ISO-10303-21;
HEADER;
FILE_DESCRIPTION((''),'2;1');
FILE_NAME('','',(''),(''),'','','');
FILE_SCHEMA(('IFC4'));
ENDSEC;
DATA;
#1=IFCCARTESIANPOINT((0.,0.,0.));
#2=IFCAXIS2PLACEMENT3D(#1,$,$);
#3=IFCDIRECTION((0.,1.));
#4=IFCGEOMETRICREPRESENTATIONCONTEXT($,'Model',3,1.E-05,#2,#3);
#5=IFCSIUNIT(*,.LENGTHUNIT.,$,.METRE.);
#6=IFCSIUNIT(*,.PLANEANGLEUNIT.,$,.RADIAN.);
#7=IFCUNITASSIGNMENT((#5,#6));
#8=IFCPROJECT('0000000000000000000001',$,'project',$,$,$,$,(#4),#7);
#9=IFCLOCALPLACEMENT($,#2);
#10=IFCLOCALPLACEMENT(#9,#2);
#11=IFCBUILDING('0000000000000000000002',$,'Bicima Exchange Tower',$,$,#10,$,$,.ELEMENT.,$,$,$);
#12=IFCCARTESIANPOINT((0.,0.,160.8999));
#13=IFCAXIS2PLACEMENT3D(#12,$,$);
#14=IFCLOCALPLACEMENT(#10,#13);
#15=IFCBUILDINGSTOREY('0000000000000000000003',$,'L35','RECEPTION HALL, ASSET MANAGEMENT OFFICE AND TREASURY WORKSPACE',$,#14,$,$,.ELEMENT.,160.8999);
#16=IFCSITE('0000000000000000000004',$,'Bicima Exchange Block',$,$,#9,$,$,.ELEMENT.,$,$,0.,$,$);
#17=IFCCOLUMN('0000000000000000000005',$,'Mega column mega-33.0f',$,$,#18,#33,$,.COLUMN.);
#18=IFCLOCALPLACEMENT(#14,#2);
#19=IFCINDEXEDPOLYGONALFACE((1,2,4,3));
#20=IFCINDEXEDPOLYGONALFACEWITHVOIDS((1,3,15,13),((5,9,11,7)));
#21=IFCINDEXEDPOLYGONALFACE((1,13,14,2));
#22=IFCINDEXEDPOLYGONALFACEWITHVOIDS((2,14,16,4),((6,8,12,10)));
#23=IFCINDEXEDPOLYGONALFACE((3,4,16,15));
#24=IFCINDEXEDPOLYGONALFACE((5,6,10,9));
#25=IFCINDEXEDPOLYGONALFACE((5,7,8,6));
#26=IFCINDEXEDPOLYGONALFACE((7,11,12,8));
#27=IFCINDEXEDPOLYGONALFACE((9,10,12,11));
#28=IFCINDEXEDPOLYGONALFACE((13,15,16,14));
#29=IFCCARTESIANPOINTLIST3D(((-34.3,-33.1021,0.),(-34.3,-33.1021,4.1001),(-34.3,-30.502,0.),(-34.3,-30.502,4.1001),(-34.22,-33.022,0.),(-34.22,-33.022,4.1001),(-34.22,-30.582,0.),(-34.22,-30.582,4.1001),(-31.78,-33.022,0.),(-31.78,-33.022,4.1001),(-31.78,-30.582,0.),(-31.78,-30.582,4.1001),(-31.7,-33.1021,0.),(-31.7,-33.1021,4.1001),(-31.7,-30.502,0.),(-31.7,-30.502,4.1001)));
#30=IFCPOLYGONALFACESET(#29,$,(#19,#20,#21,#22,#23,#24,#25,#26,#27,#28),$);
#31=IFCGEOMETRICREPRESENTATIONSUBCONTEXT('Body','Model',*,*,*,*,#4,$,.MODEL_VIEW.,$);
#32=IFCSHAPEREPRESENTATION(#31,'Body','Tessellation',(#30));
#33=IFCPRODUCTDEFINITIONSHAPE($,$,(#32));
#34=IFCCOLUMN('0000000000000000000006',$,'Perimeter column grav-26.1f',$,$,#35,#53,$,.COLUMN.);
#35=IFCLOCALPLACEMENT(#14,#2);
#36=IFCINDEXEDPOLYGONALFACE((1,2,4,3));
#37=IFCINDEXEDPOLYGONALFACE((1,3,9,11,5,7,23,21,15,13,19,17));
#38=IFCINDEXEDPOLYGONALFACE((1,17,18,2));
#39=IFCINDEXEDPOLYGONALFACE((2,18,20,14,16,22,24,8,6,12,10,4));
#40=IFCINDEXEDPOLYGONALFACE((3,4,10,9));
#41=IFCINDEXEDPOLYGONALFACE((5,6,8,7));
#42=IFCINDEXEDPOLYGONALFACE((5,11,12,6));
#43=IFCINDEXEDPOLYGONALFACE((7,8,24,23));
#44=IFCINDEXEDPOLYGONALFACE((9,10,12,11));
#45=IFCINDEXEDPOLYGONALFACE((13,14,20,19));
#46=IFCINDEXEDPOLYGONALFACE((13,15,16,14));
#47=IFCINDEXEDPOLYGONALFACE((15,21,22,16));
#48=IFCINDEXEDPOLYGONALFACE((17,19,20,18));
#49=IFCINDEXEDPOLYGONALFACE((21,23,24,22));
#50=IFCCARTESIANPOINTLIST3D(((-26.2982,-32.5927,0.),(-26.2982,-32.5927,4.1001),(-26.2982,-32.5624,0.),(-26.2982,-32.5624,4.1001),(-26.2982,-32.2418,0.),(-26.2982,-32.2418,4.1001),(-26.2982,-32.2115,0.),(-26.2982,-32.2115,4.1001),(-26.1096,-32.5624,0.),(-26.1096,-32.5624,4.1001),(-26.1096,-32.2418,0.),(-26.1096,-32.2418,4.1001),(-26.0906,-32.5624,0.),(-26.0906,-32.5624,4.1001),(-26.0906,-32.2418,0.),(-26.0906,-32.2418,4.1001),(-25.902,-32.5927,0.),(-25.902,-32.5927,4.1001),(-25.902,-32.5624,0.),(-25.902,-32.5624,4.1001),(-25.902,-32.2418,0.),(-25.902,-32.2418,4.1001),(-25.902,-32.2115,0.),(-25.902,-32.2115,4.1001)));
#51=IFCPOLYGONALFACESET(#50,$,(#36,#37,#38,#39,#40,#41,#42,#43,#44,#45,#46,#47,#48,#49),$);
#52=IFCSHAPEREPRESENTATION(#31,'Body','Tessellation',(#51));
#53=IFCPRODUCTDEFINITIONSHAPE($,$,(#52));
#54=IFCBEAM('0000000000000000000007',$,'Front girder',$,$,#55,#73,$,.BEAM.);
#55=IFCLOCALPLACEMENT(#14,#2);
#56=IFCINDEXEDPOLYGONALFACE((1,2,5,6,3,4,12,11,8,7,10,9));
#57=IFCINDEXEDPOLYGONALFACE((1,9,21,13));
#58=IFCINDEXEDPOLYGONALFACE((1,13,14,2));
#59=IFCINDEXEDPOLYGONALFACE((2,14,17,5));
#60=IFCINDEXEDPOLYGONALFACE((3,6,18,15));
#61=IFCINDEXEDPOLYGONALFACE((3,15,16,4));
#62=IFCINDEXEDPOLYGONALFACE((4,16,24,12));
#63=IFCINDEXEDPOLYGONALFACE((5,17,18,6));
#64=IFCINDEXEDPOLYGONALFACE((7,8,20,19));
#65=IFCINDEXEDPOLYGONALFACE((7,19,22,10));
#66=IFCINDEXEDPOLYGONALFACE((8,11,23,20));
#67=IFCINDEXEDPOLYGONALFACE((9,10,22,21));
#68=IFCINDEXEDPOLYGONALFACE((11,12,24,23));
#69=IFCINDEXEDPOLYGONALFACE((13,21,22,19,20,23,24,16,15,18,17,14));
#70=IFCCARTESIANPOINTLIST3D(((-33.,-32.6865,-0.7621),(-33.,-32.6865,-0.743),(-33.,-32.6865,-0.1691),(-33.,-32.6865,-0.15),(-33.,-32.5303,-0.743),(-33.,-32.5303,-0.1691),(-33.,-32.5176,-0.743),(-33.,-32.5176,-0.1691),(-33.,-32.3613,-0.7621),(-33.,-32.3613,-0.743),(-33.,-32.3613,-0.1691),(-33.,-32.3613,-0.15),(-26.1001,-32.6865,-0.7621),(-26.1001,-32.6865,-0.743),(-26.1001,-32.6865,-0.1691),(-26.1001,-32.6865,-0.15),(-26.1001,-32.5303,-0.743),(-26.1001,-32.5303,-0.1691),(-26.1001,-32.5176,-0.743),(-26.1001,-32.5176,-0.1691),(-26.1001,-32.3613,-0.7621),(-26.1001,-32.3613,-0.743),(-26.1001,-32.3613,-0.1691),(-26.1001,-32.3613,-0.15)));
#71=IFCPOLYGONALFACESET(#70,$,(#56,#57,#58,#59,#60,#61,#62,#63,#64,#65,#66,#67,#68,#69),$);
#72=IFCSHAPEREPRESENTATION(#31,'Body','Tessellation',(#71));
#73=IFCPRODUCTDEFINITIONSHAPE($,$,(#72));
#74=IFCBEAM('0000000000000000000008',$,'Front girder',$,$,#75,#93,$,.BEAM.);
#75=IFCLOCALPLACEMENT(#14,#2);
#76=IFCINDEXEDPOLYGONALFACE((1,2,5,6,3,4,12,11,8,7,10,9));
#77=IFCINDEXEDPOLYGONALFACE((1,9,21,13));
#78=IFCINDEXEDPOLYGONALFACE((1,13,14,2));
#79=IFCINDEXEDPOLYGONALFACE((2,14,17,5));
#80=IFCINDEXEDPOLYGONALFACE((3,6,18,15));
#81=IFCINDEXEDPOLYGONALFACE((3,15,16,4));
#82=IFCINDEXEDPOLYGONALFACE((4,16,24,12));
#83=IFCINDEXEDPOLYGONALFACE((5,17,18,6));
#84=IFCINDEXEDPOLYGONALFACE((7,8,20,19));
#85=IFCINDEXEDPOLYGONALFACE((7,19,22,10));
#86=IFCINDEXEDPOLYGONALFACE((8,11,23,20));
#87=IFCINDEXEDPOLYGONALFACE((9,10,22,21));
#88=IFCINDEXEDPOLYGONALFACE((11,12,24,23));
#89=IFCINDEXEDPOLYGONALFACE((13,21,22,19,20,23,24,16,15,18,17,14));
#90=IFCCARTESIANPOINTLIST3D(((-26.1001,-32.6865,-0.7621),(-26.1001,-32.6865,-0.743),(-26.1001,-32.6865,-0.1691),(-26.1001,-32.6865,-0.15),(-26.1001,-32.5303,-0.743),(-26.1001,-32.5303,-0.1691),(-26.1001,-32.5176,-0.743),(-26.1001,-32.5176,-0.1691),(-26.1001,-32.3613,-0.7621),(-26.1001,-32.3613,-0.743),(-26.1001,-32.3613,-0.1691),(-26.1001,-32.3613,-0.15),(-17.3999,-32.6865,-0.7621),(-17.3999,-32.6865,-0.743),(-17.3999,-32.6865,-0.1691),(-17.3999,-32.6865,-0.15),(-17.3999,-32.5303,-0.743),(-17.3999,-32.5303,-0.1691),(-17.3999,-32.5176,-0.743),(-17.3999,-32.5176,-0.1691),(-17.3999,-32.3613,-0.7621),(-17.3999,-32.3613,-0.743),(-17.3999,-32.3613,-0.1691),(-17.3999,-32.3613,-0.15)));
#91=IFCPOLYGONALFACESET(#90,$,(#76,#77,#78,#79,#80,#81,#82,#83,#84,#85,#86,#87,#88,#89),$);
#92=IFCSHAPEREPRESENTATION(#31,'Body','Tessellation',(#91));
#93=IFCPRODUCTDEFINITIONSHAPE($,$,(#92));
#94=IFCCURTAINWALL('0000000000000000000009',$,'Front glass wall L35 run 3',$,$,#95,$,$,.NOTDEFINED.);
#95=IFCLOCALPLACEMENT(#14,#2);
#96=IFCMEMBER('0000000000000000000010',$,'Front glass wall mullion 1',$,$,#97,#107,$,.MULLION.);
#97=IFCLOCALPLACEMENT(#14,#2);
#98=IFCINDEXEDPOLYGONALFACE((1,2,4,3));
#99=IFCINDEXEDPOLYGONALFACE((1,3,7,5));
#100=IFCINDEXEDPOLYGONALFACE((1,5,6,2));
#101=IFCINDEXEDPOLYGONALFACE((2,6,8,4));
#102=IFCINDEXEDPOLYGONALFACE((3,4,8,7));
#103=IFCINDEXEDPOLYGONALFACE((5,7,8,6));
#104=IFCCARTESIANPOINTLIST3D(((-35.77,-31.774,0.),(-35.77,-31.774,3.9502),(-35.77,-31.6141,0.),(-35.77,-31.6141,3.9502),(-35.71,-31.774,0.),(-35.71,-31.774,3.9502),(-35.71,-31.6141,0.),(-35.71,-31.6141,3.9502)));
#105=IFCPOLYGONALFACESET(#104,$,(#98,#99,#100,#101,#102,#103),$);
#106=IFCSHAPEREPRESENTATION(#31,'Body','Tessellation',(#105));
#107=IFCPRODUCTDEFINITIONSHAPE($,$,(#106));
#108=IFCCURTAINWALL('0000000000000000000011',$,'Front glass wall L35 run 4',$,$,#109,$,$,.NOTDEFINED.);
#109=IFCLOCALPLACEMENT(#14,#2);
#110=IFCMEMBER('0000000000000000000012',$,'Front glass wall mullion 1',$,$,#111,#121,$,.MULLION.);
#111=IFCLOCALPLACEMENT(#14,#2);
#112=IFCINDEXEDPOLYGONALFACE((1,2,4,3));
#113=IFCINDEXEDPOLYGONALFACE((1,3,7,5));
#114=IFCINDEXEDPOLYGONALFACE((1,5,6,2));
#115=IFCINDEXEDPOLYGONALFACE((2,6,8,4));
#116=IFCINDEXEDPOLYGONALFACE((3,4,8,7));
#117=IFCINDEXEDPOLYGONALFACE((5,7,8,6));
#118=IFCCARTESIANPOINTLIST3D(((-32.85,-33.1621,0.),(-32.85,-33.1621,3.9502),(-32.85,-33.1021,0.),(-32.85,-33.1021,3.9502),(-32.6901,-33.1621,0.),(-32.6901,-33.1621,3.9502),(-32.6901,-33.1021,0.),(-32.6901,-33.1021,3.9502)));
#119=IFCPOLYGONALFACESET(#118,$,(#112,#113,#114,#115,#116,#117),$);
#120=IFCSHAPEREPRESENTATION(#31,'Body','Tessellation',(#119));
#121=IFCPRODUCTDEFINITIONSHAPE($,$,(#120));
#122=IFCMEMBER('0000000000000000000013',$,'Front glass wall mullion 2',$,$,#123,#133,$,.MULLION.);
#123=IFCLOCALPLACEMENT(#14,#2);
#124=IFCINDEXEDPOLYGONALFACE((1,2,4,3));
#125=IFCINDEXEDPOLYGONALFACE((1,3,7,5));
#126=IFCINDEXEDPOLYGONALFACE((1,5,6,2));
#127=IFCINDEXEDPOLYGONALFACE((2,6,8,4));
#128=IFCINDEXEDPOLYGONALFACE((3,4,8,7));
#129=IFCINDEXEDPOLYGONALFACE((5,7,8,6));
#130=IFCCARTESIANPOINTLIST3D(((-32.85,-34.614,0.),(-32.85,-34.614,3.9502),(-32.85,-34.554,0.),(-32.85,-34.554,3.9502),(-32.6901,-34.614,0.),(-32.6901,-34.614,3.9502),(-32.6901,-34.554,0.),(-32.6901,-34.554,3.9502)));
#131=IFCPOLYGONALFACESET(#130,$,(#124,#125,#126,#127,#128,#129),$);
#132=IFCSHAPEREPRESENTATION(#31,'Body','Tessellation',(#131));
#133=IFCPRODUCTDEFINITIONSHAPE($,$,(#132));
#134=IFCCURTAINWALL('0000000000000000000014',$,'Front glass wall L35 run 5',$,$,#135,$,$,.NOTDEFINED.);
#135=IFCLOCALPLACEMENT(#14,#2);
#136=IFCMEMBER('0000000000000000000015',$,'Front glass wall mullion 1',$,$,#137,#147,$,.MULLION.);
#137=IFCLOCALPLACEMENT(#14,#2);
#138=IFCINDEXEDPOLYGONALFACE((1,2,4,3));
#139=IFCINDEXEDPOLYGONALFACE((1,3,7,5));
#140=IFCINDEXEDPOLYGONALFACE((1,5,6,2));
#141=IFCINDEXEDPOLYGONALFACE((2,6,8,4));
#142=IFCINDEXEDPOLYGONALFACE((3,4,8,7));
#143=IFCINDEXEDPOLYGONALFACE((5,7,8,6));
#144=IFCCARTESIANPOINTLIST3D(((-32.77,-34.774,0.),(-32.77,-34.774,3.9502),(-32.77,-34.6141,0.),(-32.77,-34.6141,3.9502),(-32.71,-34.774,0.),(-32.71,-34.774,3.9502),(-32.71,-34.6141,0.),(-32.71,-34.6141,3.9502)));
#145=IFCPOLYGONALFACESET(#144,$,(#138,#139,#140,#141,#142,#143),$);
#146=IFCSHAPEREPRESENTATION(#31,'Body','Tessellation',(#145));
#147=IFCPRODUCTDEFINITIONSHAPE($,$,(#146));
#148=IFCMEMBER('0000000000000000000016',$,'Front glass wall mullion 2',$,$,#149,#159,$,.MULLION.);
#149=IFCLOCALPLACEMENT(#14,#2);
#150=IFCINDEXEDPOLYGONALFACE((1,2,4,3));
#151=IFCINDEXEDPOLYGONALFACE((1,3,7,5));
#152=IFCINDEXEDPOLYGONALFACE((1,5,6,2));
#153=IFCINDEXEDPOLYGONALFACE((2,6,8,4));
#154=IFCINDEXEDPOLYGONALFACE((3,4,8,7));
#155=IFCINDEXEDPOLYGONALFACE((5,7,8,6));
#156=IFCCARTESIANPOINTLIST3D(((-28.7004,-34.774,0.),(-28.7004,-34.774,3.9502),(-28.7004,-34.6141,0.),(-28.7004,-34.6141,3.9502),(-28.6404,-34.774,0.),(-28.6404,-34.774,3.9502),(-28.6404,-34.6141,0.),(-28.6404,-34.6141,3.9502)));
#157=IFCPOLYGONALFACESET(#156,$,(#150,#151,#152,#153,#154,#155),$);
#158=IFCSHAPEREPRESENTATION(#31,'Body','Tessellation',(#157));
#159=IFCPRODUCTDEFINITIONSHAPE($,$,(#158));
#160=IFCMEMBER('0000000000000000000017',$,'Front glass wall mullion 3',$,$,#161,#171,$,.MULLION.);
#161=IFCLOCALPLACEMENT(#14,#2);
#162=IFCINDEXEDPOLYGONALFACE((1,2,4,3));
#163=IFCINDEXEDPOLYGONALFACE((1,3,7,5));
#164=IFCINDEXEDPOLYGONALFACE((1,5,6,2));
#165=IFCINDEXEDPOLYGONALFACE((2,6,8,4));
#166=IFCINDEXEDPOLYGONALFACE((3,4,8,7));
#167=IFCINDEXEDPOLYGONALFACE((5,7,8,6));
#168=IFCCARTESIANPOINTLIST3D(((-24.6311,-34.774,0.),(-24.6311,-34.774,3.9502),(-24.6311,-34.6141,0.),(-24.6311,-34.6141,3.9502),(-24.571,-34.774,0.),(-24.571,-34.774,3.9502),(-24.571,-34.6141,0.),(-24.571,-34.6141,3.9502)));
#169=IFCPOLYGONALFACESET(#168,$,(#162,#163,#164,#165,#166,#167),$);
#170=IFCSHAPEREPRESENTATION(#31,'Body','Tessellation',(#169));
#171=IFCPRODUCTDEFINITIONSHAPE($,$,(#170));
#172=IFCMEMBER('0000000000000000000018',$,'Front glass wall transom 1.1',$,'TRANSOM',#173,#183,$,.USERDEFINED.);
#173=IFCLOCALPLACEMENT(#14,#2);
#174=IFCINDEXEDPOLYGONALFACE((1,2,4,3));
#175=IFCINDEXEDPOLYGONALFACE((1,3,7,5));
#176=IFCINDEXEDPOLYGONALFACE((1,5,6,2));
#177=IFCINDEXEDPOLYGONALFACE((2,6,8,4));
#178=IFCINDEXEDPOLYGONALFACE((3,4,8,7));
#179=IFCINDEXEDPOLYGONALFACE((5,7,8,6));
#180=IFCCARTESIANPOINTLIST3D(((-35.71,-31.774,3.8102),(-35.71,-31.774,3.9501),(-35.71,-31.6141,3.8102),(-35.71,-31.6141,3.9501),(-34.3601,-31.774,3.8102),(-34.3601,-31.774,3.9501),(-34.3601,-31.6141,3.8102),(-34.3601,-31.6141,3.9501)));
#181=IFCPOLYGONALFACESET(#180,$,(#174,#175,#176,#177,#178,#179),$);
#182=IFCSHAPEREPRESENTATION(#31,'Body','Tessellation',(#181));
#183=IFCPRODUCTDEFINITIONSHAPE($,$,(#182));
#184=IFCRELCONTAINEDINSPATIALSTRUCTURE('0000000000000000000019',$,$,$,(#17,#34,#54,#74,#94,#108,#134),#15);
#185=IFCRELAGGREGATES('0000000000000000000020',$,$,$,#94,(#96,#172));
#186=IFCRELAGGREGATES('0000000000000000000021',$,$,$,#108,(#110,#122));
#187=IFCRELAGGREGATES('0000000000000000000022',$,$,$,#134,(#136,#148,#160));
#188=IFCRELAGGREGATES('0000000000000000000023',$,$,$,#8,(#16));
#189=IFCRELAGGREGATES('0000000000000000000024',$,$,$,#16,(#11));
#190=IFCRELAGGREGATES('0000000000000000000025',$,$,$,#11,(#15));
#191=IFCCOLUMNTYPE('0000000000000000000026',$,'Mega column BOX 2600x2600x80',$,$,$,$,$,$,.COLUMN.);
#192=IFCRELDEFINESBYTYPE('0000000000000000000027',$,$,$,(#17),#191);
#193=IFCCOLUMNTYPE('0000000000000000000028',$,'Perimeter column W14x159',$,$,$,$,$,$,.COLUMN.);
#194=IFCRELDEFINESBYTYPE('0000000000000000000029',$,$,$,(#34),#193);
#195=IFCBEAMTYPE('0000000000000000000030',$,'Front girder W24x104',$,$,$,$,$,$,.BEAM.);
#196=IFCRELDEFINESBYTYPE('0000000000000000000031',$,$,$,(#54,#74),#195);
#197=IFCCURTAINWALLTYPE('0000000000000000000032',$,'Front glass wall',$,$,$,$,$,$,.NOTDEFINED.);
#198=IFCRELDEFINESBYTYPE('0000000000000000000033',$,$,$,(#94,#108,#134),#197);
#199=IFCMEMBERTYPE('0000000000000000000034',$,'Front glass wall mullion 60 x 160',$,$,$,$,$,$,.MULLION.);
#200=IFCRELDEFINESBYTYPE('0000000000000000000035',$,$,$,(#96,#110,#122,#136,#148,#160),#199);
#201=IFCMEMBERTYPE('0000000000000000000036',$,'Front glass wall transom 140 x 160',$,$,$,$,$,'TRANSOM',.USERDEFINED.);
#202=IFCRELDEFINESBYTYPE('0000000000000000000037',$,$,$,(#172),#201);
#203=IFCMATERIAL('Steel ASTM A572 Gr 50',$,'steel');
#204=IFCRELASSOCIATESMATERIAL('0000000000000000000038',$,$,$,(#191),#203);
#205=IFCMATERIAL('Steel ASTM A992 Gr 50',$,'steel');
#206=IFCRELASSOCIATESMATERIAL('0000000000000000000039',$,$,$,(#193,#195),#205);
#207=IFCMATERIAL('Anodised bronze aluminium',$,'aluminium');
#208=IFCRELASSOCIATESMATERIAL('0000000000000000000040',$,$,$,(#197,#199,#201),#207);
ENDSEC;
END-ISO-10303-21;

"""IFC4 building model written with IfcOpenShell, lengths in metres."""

from ifc_helpers import new_model, si_unit, direction, frame, origin, origin_2d, place, context, subcontext, project, spatial, rectangle, hollow_rectangle, i_section, extrude, material, material_profile, profile_set, type_object, element, aggregate, save


model = new_model("IFC4")

# Units and contexts
model_context = context("Model", 3, precision=1e-05, world=origin(), true_north=direction((0.0, 1.0)))
body_context = subcontext(model_context, "Body", "Model", "MODEL_VIEW")
ifc_project = project(units=[si_unit("LENGTHUNIT", "METRE"), si_unit("PLANEANGLEUNIT", "RADIAN")], contexts=[model_context])

# Site, building, storey
site_placement = place(None, origin())
site = spatial("IfcSite", under=ifc_project, at=site_placement, Name="Bicima Exchange Block", CompositionType="ELEMENT", RefElevation=0.0)
building_placement = place(site_placement, origin())
building = spatial("IfcBuilding", under=site, at=building_placement, Name="Bicima Exchange Tower", CompositionType="ELEMENT")
storey_placement = place(building_placement, frame((0.0, 0.0, 160.8999)))
storey = spatial("IfcBuildingStorey", under=building, at=storey_placement, Name="L35", Description="RECEPTION HALL, ASSET MANAGEMENT OFFICE AND TREASURY WORKSPACE", CompositionType="ELEMENT", Elevation=160.8999)

# Columns
ifc_material_1 = material(Name="Steel ASTM A572 Gr 50", Category="steel")
ifc_material_profile_1 = material_profile(ifc_material_1, hollow_rectangle(XDim=2.6001, YDim=2.6001, WallThickness=0.0801, at=origin_2d()))
ifc_profile_set_1 = profile_set([ifc_material_profile_1], Name="Steel ASTM A572 Gr 50")
column_type_1 = type_object("IfcColumnType", Name="Mega column BOX 2600x2600x80", PredefinedType="COLUMN", material=ifc_profile_set_1)
column_1_placement = place(storey_placement, frame((-33.0, -31.802, 0.0), z_axis=(0.0, 0.0, 1.0), x_axis=(1.0, 0.0, 0.0)))
element("IfcColumn", 1, at=column_1_placement, inside=storey, type_object=column_type_1, Name="Mega column mega-33.0f", PredefinedType="COLUMN", context=body_context, shape_type="SweptSolid", body=[
    extrude(hollow_rectangle(XDim=2.6001, YDim=2.6001, WallThickness=0.0801, at=origin_2d()), origin(), (0.0, 0.0, 1.0), 4.1001),
])
ifc_material_2 = material(Name="Steel ASTM A992 Gr 50", Category="steel")
ifc_material_profile_2 = material_profile(ifc_material_2, i_section(OverallWidth=0.3962, OverallDepth=0.3811, WebThickness=0.019, FlangeThickness=0.0303, at=origin_2d()))
ifc_profile_set_2 = profile_set([ifc_material_profile_2], Name="Steel ASTM A992 Gr 50")
column_type_2 = type_object("IfcColumnType", Name="Perimeter column W14x159", PredefinedType="COLUMN", material=ifc_profile_set_2)
column_2_placement = place(storey_placement, frame((-26.1001, -32.4021, 0.0), z_axis=(0.0, 0.0, 1.0), x_axis=(1.0, 0.0, 0.0)))
element("IfcColumn", 2, at=column_2_placement, inside=storey, type_object=column_type_2, Name="Perimeter column grav-26.1f", PredefinedType="COLUMN", context=body_context, shape_type="SweptSolid", body=[
    extrude(i_section(OverallWidth=0.3962, OverallDepth=0.3811, WebThickness=0.019, FlangeThickness=0.0303, at=origin_2d()), origin(), (0.0, 0.0, 1.0), 4.1001),
])

# Beams
ifc_material_profile_3 = material_profile(ifc_material_2, i_section(OverallWidth=0.3252, OverallDepth=0.6121, WebThickness=0.0127, FlangeThickness=0.019, at=origin_2d()))
ifc_profile_set_3 = profile_set([ifc_material_profile_3], Name="Steel ASTM A992 Gr 50")
beam_type = type_object("IfcBeamType", Name="Front girder W24x104", PredefinedType="BEAM", material=ifc_profile_set_3)
beam_1_placement = place(storey_placement, frame((-33.0, -32.5239, -0.4561), z_axis=(1.0, 0.0, 0.0), x_axis=(0.0, 1.0, 0.0)))
element("IfcBeam", 3, at=beam_1_placement, inside=storey, type_object=beam_type, Name="Front girder", PredefinedType="BEAM", context=body_context, shape_type="SweptSolid", body=[
    extrude(i_section(OverallWidth=0.3252, OverallDepth=0.6121, WebThickness=0.0127, FlangeThickness=0.019, at=origin_2d()), origin(), (0.0, 0.0, 1.0), 6.8999),
])
beam_2_placement = place(storey_placement, frame((-26.1001, -32.5239, -0.4561), z_axis=(1.0, 0.0, 0.0), x_axis=(0.0, 1.0, 0.0)))
element("IfcBeam", 4, at=beam_2_placement, inside=storey, type_object=beam_type, Name="Front girder", PredefinedType="BEAM", context=body_context, shape_type="SweptSolid", body=[
    extrude(i_section(OverallWidth=0.3252, OverallDepth=0.6121, WebThickness=0.0127, FlangeThickness=0.019, at=origin_2d()), origin(), (0.0, 0.0, 1.0), 8.7002),
])

# Curtain wall, member
ifc_material_3 = material(Name="Anodised bronze aluminium", Category="aluminium")
curtain_wall_type = type_object("IfcCurtainWallType", Name="Front glass wall", PredefinedType="NOTDEFINED", material=ifc_material_3)
curtain_wall_1_placement = place(storey_placement, origin())
curtain_wall_1 = element("IfcCurtainWall", 5, at=curtain_wall_1_placement, inside=storey, type_object=curtain_wall_type, Name="Front glass wall L35 run 3", PredefinedType="NOTDEFINED")
ifc_material_profile_4 = material_profile(ifc_material_3, rectangle(XDim=0.1599, YDim=0.0601, at=origin_2d()))
ifc_profile_set_4 = profile_set([ifc_material_profile_4], Name="Anodised bronze aluminium")
member_type_1 = type_object("IfcMemberType", Name="Front glass wall mullion 60 x 160", PredefinedType="MULLION", material=ifc_profile_set_4)
member_1_placement = place(storey_placement, frame((-35.74, -31.6941, 0.0), z_axis=(0.0, 0.0, 1.0), x_axis=(0.0, 1.0, 0.0)))
member_1 = element("IfcMember", 6, at=member_1_placement, type_object=member_type_1, Name="Front glass wall mullion 1", PredefinedType="MULLION", context=body_context, shape_type="SweptSolid", body=[
    extrude(rectangle(XDim=0.1599, YDim=0.0601, at=origin_2d()), origin(), (0.0, 0.0, 1.0), 3.9502),
])

# Curtain walls, members
curtain_wall_2_placement = place(storey_placement, origin())
curtain_wall_2 = element("IfcCurtainWall", 7, at=curtain_wall_2_placement, inside=storey, type_object=curtain_wall_type, Name="Front glass wall L35 run 4", PredefinedType="NOTDEFINED")
member_2_placement = place(storey_placement, frame((-32.77, -33.1321, 0.0), z_axis=(0.0, 0.0, 1.0), x_axis=(1.0, 0.0, 0.0)))
member_2 = element("IfcMember", 8, at=member_2_placement, type_object=member_type_1, Name="Front glass wall mullion 1", PredefinedType="MULLION", context=body_context, shape_type="SweptSolid", body=[
    extrude(rectangle(XDim=0.1599, YDim=0.0601, at=origin_2d()), origin(), (0.0, 0.0, 1.0), 3.9502),
])
member_3_placement = place(storey_placement, frame((-32.77, -34.584, 0.0), z_axis=(0.0, 0.0, 1.0), x_axis=(1.0, 0.0, 0.0)))
member_3 = element("IfcMember", 9, at=member_3_placement, type_object=member_type_1, Name="Front glass wall mullion 2", PredefinedType="MULLION", context=body_context, shape_type="SweptSolid", body=[
    extrude(rectangle(XDim=0.1599, YDim=0.0601, at=origin_2d()), origin(), (0.0, 0.0, 1.0), 3.9502),
])
curtain_wall_3_placement = place(storey_placement, origin())
curtain_wall_3 = element("IfcCurtainWall", 10, at=curtain_wall_3_placement, inside=storey, type_object=curtain_wall_type, Name="Front glass wall L35 run 5", PredefinedType="NOTDEFINED")
member_4_placement = place(storey_placement, frame((-32.74, -34.6941, 0.0), z_axis=(0.0, 0.0, 1.0), x_axis=(0.0, 1.0, 0.0)))
member_4 = element("IfcMember", 11, at=member_4_placement, type_object=member_type_1, Name="Front glass wall mullion 1", PredefinedType="MULLION", context=body_context, shape_type="SweptSolid", body=[
    extrude(rectangle(XDim=0.1599, YDim=0.0601, at=origin_2d()), origin(), (0.0, 0.0, 1.0), 3.9502),
])
member_5_placement = place(storey_placement, frame((-28.6704, -34.6941, 0.0), z_axis=(0.0, 0.0, 1.0), x_axis=(0.0, 1.0, 0.0)))
member_5 = element("IfcMember", 12, at=member_5_placement, type_object=member_type_1, Name="Front glass wall mullion 2", PredefinedType="MULLION", context=body_context, shape_type="SweptSolid", body=[
    extrude(rectangle(XDim=0.1599, YDim=0.0601, at=origin_2d()), origin(), (0.0, 0.0, 1.0), 3.9502),
])
member_6_placement = place(storey_placement, frame((-24.6011, -34.6941, 0.0), z_axis=(0.0, 0.0, 1.0), x_axis=(0.0, 1.0, 0.0)))
member_6 = element("IfcMember", 13, at=member_6_placement, type_object=member_type_1, Name="Front glass wall mullion 3", PredefinedType="MULLION", context=body_context, shape_type="SweptSolid", body=[
    extrude(rectangle(XDim=0.1599, YDim=0.0601, at=origin_2d()), origin(), (0.0, 0.0, 1.0), 3.9502),
])

# Member
ifc_material_profile_5 = material_profile(ifc_material_3, rectangle(XDim=0.1599, YDim=0.1399, at=origin_2d()))
ifc_profile_set_5 = profile_set([ifc_material_profile_5], Name="Anodised bronze aluminium")
member_type_2 = type_object("IfcMemberType", Name="Front glass wall transom 140 x 160", ElementType="TRANSOM", PredefinedType="USERDEFINED", material=ifc_profile_set_5)
member_7_placement = place(storey_placement, frame((-35.71, -31.6941, 3.8801), z_axis=(1.0, 0.0, 0.0), x_axis=(0.0, 1.0, 0.0)))
member_7 = element("IfcMember", 14, at=member_7_placement, type_object=member_type_2, Name="Front glass wall transom 1.1", ObjectType="TRANSOM", PredefinedType="USERDEFINED", context=body_context, shape_type="SweptSolid", body=[
    extrude(rectangle(XDim=0.1599, YDim=0.1399, at=origin_2d()), origin(), (0.0, 0.0, 1.0), 1.3499),
])
aggregate(curtain_wall_1, [member_1, member_7])

aggregate(curtain_wall_2, [member_2, member_3])
aggregate(curtain_wall_3, [member_4, member_5, member_6])

save(model, "model.ifc")
